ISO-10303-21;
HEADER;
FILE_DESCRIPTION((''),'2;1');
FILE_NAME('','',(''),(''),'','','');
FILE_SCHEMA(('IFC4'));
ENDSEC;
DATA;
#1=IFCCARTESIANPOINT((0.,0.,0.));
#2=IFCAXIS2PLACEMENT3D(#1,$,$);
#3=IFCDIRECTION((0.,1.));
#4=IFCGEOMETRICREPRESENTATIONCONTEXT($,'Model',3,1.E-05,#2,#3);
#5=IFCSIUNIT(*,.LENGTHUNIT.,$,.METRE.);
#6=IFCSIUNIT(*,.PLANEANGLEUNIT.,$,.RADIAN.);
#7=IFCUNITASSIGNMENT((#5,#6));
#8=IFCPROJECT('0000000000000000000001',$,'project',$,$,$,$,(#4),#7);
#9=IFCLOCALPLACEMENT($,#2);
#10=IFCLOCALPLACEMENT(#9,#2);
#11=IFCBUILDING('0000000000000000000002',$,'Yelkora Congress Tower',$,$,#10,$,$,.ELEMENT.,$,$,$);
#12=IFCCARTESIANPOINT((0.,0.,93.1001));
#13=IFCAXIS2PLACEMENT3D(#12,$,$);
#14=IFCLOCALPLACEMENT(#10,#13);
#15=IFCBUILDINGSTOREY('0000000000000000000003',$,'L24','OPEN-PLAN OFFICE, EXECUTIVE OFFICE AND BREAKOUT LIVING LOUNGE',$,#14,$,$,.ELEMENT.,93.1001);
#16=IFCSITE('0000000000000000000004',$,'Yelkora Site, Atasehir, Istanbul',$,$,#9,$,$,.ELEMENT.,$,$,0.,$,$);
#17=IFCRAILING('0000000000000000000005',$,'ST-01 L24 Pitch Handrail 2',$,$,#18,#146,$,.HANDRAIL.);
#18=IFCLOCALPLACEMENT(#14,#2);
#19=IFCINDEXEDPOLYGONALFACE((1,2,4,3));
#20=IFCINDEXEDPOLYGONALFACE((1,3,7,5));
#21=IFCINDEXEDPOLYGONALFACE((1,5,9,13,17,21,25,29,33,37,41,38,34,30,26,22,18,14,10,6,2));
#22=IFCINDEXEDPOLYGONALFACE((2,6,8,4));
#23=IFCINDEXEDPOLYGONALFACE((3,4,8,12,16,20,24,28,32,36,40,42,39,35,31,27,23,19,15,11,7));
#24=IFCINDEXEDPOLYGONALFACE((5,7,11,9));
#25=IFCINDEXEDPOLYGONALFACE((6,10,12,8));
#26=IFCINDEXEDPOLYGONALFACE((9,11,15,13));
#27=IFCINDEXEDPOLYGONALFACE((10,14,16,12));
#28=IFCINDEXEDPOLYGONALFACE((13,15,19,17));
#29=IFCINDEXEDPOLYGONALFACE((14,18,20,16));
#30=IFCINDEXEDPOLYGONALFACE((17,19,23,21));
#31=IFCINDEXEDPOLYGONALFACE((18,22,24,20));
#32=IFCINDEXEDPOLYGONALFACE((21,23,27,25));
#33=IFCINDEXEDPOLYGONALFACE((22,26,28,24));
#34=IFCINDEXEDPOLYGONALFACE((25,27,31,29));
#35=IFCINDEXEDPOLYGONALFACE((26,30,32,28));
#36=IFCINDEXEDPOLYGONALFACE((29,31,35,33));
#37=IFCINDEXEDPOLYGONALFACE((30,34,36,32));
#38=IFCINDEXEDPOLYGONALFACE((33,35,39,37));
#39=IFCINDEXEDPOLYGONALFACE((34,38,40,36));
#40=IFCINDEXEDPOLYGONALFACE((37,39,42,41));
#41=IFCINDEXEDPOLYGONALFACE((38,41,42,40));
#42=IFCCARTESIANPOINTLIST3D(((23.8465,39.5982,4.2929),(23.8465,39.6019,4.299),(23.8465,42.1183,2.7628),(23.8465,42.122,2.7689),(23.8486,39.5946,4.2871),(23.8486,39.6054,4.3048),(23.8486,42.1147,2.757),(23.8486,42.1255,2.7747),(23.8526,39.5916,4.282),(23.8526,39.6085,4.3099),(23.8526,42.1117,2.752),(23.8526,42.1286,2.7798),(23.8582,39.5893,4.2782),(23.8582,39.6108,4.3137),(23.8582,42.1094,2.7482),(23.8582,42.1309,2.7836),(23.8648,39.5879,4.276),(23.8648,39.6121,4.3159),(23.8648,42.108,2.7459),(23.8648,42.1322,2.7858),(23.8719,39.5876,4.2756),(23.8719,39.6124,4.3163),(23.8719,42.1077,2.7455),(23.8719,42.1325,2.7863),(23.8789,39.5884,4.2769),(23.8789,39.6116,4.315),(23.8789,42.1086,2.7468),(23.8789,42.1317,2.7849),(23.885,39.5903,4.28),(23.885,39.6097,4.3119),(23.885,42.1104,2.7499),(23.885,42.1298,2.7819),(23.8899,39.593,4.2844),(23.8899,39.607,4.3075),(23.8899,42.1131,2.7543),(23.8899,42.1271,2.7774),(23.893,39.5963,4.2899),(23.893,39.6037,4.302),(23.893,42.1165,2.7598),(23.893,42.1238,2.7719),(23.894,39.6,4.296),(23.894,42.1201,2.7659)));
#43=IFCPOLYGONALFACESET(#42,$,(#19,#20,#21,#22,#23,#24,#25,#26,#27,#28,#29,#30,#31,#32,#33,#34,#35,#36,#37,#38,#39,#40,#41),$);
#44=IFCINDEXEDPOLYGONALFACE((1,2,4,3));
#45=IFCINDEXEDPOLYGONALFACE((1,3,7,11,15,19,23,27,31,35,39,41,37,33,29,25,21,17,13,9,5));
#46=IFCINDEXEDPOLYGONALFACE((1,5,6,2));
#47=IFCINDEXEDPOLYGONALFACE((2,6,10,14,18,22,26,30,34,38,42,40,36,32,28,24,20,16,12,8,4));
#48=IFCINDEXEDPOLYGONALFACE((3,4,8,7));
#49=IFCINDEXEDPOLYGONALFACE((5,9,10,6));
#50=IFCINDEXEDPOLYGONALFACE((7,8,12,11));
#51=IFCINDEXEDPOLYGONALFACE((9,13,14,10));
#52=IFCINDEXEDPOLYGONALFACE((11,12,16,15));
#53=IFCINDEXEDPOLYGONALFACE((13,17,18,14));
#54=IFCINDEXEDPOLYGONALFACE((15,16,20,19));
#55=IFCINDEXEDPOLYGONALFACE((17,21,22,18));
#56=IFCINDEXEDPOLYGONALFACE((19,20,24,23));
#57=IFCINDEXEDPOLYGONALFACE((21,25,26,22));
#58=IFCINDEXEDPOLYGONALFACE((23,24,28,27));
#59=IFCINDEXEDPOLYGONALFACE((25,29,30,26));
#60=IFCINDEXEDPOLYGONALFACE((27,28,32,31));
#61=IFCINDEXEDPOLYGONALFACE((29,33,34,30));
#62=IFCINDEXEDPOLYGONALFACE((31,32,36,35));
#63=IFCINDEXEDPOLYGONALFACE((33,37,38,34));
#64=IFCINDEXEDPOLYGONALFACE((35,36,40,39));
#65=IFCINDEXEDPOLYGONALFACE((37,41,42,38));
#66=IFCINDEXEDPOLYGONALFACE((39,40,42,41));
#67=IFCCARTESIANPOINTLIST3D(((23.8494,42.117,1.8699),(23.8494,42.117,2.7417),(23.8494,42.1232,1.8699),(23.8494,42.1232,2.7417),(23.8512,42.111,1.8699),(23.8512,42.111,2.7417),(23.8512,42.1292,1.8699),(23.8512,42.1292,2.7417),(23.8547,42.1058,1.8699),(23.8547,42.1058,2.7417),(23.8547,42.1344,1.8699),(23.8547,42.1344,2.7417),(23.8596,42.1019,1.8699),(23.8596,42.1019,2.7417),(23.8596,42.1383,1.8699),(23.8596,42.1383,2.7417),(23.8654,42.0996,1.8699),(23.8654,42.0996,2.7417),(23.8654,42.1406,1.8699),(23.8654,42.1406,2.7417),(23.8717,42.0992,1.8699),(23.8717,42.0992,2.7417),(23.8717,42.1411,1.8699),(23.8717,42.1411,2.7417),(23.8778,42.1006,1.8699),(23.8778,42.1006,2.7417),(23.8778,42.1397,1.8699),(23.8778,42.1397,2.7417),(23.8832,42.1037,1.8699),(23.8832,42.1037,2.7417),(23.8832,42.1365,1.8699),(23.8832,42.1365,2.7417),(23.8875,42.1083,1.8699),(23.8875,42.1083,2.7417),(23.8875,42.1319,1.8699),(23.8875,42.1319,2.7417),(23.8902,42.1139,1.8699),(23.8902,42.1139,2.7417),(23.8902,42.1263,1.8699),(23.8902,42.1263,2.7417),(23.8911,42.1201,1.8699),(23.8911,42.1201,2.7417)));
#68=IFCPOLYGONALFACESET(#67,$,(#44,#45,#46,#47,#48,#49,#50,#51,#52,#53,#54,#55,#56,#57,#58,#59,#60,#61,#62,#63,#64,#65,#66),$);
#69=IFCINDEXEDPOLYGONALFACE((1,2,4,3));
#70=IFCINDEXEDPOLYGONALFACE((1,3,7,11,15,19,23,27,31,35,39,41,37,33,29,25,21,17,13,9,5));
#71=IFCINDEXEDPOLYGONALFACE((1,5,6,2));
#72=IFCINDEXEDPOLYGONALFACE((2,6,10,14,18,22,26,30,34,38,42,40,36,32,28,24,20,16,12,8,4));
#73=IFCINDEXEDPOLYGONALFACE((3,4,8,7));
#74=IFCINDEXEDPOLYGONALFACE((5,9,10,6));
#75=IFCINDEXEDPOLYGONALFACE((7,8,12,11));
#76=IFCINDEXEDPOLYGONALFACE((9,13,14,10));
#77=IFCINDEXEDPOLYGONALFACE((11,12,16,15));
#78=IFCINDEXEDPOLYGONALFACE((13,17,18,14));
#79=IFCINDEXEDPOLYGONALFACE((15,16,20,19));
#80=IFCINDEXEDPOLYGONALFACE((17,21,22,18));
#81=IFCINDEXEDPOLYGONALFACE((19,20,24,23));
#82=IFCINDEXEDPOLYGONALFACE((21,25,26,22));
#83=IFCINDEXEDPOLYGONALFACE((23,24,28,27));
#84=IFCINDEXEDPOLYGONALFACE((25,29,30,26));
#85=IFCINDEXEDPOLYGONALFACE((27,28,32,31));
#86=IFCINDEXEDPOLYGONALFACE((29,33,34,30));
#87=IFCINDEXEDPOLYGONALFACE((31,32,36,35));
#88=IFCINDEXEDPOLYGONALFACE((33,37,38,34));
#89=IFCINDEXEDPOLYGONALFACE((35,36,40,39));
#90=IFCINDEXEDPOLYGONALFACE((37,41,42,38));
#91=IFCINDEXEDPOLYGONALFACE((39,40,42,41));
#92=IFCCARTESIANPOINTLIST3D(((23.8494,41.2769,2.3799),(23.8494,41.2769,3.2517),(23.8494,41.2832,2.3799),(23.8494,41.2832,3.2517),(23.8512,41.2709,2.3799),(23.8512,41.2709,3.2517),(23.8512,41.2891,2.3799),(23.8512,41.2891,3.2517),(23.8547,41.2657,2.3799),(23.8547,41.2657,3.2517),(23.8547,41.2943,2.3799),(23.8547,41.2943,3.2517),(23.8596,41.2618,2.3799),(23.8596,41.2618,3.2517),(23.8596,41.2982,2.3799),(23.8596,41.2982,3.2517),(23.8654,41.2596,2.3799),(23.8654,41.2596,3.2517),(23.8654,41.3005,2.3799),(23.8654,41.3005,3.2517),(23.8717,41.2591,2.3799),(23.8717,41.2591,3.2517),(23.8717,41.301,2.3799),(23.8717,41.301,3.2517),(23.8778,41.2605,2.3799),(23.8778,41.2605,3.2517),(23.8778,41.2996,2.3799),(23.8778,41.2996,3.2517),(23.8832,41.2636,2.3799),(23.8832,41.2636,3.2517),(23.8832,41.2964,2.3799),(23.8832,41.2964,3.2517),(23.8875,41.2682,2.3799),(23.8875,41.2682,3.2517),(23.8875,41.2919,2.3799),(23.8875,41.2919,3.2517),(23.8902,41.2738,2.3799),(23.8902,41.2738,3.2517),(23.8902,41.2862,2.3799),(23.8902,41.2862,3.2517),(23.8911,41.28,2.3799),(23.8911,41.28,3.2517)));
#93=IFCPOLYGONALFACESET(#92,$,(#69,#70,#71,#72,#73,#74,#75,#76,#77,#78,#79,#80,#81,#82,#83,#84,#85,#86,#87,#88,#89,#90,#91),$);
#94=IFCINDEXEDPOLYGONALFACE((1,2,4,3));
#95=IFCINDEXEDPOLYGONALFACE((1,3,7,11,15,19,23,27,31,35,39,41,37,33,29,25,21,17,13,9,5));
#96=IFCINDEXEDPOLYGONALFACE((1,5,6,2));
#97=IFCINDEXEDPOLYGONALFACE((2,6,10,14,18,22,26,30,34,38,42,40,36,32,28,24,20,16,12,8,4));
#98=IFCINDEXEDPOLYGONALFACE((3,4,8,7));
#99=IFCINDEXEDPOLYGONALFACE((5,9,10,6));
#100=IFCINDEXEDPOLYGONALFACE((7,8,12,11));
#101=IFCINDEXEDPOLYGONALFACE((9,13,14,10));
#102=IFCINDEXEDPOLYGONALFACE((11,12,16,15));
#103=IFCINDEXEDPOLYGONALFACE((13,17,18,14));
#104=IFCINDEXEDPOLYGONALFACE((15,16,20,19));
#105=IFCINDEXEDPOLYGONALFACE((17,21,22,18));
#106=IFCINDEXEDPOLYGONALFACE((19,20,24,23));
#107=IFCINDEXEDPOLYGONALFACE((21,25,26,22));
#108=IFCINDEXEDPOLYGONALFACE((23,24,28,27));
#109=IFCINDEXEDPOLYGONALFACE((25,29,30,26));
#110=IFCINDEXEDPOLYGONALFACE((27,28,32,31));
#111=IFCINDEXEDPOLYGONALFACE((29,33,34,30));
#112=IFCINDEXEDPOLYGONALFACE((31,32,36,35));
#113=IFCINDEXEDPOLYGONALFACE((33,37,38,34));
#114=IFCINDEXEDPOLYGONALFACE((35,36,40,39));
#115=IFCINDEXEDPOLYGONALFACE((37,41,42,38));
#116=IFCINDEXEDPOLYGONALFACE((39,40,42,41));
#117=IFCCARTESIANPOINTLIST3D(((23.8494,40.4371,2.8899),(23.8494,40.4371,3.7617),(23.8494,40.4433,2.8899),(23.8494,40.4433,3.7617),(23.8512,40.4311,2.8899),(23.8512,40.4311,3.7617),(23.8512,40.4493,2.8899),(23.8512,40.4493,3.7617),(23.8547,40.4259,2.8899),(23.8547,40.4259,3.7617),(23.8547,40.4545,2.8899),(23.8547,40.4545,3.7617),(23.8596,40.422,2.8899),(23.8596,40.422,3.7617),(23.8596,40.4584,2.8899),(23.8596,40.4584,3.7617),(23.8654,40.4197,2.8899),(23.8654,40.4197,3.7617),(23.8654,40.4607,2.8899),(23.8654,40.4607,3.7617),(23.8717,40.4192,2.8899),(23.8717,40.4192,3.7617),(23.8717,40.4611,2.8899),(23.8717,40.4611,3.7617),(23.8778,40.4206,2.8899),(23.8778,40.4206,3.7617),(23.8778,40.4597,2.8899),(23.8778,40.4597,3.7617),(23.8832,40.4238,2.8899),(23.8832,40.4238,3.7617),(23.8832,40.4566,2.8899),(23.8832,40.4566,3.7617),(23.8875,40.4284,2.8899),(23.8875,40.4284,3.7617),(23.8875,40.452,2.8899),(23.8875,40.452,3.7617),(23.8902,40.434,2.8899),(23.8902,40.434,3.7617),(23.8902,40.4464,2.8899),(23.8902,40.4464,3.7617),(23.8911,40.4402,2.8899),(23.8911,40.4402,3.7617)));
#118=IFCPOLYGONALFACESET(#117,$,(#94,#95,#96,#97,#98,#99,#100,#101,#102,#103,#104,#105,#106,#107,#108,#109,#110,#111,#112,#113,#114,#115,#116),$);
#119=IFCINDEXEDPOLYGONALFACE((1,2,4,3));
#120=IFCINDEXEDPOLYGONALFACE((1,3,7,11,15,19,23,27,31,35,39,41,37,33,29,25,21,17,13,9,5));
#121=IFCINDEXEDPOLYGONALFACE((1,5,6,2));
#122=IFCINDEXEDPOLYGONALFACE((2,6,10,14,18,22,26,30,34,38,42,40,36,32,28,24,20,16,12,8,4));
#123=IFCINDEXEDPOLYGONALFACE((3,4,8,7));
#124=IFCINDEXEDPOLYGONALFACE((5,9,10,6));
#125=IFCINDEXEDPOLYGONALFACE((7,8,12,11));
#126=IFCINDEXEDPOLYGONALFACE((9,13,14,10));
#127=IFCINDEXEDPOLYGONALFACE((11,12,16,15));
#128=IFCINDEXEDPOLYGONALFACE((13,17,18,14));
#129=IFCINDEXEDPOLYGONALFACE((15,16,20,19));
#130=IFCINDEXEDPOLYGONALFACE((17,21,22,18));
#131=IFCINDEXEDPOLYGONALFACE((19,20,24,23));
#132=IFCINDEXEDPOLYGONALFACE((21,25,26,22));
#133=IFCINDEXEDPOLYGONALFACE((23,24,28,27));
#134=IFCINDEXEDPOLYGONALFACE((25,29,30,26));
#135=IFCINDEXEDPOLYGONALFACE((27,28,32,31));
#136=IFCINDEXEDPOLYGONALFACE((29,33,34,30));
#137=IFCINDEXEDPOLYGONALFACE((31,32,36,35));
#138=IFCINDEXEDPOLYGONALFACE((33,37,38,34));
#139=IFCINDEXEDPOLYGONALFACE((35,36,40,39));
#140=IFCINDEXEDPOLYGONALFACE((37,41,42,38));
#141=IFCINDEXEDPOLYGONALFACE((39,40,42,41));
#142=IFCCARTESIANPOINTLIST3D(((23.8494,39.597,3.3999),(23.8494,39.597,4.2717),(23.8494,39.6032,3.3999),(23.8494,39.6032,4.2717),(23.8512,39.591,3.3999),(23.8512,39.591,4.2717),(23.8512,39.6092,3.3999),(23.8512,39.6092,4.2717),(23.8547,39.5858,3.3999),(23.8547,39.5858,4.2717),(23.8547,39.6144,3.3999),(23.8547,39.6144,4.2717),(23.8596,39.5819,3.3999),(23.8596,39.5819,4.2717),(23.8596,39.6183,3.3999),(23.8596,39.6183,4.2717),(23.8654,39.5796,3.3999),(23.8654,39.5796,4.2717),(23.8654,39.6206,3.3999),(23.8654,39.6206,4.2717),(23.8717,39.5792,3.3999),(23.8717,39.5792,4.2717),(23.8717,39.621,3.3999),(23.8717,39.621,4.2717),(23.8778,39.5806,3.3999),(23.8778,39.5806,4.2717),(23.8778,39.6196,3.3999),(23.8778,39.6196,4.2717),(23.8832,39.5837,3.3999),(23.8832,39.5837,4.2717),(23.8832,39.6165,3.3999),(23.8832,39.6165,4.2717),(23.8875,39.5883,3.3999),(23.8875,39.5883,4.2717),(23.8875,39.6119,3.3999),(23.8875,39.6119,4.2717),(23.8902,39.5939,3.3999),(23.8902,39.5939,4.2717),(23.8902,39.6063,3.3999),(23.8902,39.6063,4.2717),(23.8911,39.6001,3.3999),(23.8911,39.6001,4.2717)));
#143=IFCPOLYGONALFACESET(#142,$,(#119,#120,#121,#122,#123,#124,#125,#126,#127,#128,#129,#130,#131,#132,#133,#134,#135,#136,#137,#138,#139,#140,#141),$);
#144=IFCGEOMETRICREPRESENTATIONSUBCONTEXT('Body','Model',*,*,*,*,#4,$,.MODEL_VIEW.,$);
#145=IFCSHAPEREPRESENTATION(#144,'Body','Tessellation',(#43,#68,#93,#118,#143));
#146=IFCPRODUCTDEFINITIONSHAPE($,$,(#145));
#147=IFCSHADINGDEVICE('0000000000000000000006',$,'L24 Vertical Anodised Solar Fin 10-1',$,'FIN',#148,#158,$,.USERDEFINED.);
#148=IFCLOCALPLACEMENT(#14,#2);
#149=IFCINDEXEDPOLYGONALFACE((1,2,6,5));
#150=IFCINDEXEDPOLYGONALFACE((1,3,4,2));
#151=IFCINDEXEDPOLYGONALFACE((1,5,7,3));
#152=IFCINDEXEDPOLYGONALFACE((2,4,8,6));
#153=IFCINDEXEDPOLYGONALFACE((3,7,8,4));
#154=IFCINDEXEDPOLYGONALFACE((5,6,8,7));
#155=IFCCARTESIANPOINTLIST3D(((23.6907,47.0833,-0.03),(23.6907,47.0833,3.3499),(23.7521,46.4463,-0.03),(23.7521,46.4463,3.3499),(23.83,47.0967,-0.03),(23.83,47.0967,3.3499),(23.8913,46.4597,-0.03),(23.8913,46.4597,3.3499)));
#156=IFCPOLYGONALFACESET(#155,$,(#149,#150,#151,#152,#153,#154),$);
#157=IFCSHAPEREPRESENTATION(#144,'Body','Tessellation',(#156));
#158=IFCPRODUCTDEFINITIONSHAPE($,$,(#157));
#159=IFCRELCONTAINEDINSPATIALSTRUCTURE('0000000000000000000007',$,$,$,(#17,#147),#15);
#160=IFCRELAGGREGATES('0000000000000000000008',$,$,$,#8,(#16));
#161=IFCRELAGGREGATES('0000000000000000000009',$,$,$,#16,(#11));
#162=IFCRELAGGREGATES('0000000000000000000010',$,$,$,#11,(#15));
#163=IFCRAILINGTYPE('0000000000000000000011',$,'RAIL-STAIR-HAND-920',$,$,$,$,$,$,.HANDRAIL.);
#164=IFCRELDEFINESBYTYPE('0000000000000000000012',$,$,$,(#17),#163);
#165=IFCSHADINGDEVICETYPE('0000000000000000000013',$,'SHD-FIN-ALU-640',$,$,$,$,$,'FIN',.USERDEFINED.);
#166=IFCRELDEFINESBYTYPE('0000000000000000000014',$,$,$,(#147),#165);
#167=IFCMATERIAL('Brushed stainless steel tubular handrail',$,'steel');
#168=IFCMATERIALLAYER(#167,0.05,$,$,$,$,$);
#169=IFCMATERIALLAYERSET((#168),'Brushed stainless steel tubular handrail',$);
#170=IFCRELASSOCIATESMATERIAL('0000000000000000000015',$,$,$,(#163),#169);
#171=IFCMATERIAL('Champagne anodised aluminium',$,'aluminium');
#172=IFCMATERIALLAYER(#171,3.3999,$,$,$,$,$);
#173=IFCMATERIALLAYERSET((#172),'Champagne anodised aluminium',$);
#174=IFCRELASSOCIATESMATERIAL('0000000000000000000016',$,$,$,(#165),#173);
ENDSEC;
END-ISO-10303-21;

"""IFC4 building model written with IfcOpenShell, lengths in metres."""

from ifc_helpers import new_model, si_unit, direction, frame, origin, origin_2d, place, context, subcontext, project, spatial, rectangle, circle, extrude, material, layer, layer_set, type_object, element, save


model = new_model("IFC4")

# Units and contexts
model_context = context("Model", 3, precision=1e-05, world=origin(), true_north=direction((0.0, 1.0)))
body_context = subcontext(model_context, "Body", "Model", "MODEL_VIEW")
ifc_project = project(units=[si_unit("LENGTHUNIT", "METRE"), si_unit("PLANEANGLEUNIT", "RADIAN")], contexts=[model_context])

# Site, building, storey
site_placement = place(None, origin())
site = spatial("IfcSite", under=ifc_project, at=site_placement, Name="Yelkora Site, Atasehir, Istanbul", CompositionType="ELEMENT", RefElevation=0.0)
building_placement = place(site_placement, origin())
building = spatial("IfcBuilding", under=site, at=building_placement, Name="Yelkora Congress Tower", CompositionType="ELEMENT")
storey_placement = place(building_placement, frame((0.0, 0.0, 93.1001)))
storey = spatial("IfcBuildingStorey", under=building, at=storey_placement, Name="L24", Description="OPEN-PLAN OFFICE, EXECUTIVE OFFICE AND BREAKOUT LIVING LOUNGE", CompositionType="ELEMENT", Elevation=93.1001)

# Railing
ifc_material_1 = material(Name="Brushed stainless steel tubular handrail", Category="steel")
ifc_layer_1 = layer(ifc_material_1, 0.05)
ifc_layer_set_1 = layer_set([ifc_layer_1], Name="Brushed stainless steel tubular handrail")
railing_type_1 = type_object("IfcRailingType", Name="RAIL-STAIR-HAND-920", PredefinedType="HANDRAIL", material=ifc_layer_set_1)
railing_1_placement = place(storey_placement, frame((23.8701, 42.1201, 1.8699)))
element("IfcRailing", 1, at=railing_1_placement, inside=storey, type_object=railing_type_1, Name="ST-01 L24 Pitch Handrail 2", PredefinedType="HANDRAIL", context=body_context, shape_type="SweptSolid", body=[
    extrude(circle(Radius=0.0239, at=origin_2d()), frame((0.0, 0.0, 0.896), z_axis=(0.0, -0.854785, 0.518982), x_axis=(1.0, 0.0, 0.0)), (0.0, 0.0, 1.0), 2.9482),
    extrude(circle(Radius=0.021, at=origin_2d()), origin(), (0.0, 0.0, 1.0), 0.8718),
    extrude(circle(Radius=0.021, at=origin_2d()), frame((0.0, -0.8401, 0.51)), (0.0, 0.0, 1.0), 0.8718),
    extrude(circle(Radius=0.021, at=origin_2d()), frame((0.0, -1.6799, 1.02)), (0.0, 0.0, 1.0), 0.8718),
    extrude(circle(Radius=0.021, at=origin_2d()), frame((0.0, -2.52, 1.53)), (0.0, 0.0, 1.0), 0.8718),
])

# Shading device
ifc_material_2 = material(Name="Champagne anodised aluminium", Category="aluminium")
ifc_layer_2 = layer(ifc_material_2, 3.3999)
ifc_layer_set_2 = layer_set([ifc_layer_2], Name="Champagne anodised aluminium")
shading_device_type = type_object("IfcShadingDeviceType", Name="SHD-FIN-ALU-640", ElementType="FIN", PredefinedType="USERDEFINED", material=ifc_layer_set_2)
shading_device_placement = place(storey_placement, frame((23.791, 46.7715, -0.03), z_axis=(0.0, 0.0, 1.0), x_axis=(0.995396, 0.095846, 0.0)))
element("IfcShadingDevice", 2, at=shading_device_placement, inside=storey, type_object=shading_device_type, Name="L24 Vertical Anodised Solar Fin 10-1", ObjectType="FIN", PredefinedType="USERDEFINED", context=body_context, shape_type="SweptSolid", body=[
    extrude(rectangle(XDim=0.1399, YDim=0.6399, at=origin_2d()), origin(), (0.0, 0.0, 1.0), 3.3799),
])

save(model, "model.ifc")
